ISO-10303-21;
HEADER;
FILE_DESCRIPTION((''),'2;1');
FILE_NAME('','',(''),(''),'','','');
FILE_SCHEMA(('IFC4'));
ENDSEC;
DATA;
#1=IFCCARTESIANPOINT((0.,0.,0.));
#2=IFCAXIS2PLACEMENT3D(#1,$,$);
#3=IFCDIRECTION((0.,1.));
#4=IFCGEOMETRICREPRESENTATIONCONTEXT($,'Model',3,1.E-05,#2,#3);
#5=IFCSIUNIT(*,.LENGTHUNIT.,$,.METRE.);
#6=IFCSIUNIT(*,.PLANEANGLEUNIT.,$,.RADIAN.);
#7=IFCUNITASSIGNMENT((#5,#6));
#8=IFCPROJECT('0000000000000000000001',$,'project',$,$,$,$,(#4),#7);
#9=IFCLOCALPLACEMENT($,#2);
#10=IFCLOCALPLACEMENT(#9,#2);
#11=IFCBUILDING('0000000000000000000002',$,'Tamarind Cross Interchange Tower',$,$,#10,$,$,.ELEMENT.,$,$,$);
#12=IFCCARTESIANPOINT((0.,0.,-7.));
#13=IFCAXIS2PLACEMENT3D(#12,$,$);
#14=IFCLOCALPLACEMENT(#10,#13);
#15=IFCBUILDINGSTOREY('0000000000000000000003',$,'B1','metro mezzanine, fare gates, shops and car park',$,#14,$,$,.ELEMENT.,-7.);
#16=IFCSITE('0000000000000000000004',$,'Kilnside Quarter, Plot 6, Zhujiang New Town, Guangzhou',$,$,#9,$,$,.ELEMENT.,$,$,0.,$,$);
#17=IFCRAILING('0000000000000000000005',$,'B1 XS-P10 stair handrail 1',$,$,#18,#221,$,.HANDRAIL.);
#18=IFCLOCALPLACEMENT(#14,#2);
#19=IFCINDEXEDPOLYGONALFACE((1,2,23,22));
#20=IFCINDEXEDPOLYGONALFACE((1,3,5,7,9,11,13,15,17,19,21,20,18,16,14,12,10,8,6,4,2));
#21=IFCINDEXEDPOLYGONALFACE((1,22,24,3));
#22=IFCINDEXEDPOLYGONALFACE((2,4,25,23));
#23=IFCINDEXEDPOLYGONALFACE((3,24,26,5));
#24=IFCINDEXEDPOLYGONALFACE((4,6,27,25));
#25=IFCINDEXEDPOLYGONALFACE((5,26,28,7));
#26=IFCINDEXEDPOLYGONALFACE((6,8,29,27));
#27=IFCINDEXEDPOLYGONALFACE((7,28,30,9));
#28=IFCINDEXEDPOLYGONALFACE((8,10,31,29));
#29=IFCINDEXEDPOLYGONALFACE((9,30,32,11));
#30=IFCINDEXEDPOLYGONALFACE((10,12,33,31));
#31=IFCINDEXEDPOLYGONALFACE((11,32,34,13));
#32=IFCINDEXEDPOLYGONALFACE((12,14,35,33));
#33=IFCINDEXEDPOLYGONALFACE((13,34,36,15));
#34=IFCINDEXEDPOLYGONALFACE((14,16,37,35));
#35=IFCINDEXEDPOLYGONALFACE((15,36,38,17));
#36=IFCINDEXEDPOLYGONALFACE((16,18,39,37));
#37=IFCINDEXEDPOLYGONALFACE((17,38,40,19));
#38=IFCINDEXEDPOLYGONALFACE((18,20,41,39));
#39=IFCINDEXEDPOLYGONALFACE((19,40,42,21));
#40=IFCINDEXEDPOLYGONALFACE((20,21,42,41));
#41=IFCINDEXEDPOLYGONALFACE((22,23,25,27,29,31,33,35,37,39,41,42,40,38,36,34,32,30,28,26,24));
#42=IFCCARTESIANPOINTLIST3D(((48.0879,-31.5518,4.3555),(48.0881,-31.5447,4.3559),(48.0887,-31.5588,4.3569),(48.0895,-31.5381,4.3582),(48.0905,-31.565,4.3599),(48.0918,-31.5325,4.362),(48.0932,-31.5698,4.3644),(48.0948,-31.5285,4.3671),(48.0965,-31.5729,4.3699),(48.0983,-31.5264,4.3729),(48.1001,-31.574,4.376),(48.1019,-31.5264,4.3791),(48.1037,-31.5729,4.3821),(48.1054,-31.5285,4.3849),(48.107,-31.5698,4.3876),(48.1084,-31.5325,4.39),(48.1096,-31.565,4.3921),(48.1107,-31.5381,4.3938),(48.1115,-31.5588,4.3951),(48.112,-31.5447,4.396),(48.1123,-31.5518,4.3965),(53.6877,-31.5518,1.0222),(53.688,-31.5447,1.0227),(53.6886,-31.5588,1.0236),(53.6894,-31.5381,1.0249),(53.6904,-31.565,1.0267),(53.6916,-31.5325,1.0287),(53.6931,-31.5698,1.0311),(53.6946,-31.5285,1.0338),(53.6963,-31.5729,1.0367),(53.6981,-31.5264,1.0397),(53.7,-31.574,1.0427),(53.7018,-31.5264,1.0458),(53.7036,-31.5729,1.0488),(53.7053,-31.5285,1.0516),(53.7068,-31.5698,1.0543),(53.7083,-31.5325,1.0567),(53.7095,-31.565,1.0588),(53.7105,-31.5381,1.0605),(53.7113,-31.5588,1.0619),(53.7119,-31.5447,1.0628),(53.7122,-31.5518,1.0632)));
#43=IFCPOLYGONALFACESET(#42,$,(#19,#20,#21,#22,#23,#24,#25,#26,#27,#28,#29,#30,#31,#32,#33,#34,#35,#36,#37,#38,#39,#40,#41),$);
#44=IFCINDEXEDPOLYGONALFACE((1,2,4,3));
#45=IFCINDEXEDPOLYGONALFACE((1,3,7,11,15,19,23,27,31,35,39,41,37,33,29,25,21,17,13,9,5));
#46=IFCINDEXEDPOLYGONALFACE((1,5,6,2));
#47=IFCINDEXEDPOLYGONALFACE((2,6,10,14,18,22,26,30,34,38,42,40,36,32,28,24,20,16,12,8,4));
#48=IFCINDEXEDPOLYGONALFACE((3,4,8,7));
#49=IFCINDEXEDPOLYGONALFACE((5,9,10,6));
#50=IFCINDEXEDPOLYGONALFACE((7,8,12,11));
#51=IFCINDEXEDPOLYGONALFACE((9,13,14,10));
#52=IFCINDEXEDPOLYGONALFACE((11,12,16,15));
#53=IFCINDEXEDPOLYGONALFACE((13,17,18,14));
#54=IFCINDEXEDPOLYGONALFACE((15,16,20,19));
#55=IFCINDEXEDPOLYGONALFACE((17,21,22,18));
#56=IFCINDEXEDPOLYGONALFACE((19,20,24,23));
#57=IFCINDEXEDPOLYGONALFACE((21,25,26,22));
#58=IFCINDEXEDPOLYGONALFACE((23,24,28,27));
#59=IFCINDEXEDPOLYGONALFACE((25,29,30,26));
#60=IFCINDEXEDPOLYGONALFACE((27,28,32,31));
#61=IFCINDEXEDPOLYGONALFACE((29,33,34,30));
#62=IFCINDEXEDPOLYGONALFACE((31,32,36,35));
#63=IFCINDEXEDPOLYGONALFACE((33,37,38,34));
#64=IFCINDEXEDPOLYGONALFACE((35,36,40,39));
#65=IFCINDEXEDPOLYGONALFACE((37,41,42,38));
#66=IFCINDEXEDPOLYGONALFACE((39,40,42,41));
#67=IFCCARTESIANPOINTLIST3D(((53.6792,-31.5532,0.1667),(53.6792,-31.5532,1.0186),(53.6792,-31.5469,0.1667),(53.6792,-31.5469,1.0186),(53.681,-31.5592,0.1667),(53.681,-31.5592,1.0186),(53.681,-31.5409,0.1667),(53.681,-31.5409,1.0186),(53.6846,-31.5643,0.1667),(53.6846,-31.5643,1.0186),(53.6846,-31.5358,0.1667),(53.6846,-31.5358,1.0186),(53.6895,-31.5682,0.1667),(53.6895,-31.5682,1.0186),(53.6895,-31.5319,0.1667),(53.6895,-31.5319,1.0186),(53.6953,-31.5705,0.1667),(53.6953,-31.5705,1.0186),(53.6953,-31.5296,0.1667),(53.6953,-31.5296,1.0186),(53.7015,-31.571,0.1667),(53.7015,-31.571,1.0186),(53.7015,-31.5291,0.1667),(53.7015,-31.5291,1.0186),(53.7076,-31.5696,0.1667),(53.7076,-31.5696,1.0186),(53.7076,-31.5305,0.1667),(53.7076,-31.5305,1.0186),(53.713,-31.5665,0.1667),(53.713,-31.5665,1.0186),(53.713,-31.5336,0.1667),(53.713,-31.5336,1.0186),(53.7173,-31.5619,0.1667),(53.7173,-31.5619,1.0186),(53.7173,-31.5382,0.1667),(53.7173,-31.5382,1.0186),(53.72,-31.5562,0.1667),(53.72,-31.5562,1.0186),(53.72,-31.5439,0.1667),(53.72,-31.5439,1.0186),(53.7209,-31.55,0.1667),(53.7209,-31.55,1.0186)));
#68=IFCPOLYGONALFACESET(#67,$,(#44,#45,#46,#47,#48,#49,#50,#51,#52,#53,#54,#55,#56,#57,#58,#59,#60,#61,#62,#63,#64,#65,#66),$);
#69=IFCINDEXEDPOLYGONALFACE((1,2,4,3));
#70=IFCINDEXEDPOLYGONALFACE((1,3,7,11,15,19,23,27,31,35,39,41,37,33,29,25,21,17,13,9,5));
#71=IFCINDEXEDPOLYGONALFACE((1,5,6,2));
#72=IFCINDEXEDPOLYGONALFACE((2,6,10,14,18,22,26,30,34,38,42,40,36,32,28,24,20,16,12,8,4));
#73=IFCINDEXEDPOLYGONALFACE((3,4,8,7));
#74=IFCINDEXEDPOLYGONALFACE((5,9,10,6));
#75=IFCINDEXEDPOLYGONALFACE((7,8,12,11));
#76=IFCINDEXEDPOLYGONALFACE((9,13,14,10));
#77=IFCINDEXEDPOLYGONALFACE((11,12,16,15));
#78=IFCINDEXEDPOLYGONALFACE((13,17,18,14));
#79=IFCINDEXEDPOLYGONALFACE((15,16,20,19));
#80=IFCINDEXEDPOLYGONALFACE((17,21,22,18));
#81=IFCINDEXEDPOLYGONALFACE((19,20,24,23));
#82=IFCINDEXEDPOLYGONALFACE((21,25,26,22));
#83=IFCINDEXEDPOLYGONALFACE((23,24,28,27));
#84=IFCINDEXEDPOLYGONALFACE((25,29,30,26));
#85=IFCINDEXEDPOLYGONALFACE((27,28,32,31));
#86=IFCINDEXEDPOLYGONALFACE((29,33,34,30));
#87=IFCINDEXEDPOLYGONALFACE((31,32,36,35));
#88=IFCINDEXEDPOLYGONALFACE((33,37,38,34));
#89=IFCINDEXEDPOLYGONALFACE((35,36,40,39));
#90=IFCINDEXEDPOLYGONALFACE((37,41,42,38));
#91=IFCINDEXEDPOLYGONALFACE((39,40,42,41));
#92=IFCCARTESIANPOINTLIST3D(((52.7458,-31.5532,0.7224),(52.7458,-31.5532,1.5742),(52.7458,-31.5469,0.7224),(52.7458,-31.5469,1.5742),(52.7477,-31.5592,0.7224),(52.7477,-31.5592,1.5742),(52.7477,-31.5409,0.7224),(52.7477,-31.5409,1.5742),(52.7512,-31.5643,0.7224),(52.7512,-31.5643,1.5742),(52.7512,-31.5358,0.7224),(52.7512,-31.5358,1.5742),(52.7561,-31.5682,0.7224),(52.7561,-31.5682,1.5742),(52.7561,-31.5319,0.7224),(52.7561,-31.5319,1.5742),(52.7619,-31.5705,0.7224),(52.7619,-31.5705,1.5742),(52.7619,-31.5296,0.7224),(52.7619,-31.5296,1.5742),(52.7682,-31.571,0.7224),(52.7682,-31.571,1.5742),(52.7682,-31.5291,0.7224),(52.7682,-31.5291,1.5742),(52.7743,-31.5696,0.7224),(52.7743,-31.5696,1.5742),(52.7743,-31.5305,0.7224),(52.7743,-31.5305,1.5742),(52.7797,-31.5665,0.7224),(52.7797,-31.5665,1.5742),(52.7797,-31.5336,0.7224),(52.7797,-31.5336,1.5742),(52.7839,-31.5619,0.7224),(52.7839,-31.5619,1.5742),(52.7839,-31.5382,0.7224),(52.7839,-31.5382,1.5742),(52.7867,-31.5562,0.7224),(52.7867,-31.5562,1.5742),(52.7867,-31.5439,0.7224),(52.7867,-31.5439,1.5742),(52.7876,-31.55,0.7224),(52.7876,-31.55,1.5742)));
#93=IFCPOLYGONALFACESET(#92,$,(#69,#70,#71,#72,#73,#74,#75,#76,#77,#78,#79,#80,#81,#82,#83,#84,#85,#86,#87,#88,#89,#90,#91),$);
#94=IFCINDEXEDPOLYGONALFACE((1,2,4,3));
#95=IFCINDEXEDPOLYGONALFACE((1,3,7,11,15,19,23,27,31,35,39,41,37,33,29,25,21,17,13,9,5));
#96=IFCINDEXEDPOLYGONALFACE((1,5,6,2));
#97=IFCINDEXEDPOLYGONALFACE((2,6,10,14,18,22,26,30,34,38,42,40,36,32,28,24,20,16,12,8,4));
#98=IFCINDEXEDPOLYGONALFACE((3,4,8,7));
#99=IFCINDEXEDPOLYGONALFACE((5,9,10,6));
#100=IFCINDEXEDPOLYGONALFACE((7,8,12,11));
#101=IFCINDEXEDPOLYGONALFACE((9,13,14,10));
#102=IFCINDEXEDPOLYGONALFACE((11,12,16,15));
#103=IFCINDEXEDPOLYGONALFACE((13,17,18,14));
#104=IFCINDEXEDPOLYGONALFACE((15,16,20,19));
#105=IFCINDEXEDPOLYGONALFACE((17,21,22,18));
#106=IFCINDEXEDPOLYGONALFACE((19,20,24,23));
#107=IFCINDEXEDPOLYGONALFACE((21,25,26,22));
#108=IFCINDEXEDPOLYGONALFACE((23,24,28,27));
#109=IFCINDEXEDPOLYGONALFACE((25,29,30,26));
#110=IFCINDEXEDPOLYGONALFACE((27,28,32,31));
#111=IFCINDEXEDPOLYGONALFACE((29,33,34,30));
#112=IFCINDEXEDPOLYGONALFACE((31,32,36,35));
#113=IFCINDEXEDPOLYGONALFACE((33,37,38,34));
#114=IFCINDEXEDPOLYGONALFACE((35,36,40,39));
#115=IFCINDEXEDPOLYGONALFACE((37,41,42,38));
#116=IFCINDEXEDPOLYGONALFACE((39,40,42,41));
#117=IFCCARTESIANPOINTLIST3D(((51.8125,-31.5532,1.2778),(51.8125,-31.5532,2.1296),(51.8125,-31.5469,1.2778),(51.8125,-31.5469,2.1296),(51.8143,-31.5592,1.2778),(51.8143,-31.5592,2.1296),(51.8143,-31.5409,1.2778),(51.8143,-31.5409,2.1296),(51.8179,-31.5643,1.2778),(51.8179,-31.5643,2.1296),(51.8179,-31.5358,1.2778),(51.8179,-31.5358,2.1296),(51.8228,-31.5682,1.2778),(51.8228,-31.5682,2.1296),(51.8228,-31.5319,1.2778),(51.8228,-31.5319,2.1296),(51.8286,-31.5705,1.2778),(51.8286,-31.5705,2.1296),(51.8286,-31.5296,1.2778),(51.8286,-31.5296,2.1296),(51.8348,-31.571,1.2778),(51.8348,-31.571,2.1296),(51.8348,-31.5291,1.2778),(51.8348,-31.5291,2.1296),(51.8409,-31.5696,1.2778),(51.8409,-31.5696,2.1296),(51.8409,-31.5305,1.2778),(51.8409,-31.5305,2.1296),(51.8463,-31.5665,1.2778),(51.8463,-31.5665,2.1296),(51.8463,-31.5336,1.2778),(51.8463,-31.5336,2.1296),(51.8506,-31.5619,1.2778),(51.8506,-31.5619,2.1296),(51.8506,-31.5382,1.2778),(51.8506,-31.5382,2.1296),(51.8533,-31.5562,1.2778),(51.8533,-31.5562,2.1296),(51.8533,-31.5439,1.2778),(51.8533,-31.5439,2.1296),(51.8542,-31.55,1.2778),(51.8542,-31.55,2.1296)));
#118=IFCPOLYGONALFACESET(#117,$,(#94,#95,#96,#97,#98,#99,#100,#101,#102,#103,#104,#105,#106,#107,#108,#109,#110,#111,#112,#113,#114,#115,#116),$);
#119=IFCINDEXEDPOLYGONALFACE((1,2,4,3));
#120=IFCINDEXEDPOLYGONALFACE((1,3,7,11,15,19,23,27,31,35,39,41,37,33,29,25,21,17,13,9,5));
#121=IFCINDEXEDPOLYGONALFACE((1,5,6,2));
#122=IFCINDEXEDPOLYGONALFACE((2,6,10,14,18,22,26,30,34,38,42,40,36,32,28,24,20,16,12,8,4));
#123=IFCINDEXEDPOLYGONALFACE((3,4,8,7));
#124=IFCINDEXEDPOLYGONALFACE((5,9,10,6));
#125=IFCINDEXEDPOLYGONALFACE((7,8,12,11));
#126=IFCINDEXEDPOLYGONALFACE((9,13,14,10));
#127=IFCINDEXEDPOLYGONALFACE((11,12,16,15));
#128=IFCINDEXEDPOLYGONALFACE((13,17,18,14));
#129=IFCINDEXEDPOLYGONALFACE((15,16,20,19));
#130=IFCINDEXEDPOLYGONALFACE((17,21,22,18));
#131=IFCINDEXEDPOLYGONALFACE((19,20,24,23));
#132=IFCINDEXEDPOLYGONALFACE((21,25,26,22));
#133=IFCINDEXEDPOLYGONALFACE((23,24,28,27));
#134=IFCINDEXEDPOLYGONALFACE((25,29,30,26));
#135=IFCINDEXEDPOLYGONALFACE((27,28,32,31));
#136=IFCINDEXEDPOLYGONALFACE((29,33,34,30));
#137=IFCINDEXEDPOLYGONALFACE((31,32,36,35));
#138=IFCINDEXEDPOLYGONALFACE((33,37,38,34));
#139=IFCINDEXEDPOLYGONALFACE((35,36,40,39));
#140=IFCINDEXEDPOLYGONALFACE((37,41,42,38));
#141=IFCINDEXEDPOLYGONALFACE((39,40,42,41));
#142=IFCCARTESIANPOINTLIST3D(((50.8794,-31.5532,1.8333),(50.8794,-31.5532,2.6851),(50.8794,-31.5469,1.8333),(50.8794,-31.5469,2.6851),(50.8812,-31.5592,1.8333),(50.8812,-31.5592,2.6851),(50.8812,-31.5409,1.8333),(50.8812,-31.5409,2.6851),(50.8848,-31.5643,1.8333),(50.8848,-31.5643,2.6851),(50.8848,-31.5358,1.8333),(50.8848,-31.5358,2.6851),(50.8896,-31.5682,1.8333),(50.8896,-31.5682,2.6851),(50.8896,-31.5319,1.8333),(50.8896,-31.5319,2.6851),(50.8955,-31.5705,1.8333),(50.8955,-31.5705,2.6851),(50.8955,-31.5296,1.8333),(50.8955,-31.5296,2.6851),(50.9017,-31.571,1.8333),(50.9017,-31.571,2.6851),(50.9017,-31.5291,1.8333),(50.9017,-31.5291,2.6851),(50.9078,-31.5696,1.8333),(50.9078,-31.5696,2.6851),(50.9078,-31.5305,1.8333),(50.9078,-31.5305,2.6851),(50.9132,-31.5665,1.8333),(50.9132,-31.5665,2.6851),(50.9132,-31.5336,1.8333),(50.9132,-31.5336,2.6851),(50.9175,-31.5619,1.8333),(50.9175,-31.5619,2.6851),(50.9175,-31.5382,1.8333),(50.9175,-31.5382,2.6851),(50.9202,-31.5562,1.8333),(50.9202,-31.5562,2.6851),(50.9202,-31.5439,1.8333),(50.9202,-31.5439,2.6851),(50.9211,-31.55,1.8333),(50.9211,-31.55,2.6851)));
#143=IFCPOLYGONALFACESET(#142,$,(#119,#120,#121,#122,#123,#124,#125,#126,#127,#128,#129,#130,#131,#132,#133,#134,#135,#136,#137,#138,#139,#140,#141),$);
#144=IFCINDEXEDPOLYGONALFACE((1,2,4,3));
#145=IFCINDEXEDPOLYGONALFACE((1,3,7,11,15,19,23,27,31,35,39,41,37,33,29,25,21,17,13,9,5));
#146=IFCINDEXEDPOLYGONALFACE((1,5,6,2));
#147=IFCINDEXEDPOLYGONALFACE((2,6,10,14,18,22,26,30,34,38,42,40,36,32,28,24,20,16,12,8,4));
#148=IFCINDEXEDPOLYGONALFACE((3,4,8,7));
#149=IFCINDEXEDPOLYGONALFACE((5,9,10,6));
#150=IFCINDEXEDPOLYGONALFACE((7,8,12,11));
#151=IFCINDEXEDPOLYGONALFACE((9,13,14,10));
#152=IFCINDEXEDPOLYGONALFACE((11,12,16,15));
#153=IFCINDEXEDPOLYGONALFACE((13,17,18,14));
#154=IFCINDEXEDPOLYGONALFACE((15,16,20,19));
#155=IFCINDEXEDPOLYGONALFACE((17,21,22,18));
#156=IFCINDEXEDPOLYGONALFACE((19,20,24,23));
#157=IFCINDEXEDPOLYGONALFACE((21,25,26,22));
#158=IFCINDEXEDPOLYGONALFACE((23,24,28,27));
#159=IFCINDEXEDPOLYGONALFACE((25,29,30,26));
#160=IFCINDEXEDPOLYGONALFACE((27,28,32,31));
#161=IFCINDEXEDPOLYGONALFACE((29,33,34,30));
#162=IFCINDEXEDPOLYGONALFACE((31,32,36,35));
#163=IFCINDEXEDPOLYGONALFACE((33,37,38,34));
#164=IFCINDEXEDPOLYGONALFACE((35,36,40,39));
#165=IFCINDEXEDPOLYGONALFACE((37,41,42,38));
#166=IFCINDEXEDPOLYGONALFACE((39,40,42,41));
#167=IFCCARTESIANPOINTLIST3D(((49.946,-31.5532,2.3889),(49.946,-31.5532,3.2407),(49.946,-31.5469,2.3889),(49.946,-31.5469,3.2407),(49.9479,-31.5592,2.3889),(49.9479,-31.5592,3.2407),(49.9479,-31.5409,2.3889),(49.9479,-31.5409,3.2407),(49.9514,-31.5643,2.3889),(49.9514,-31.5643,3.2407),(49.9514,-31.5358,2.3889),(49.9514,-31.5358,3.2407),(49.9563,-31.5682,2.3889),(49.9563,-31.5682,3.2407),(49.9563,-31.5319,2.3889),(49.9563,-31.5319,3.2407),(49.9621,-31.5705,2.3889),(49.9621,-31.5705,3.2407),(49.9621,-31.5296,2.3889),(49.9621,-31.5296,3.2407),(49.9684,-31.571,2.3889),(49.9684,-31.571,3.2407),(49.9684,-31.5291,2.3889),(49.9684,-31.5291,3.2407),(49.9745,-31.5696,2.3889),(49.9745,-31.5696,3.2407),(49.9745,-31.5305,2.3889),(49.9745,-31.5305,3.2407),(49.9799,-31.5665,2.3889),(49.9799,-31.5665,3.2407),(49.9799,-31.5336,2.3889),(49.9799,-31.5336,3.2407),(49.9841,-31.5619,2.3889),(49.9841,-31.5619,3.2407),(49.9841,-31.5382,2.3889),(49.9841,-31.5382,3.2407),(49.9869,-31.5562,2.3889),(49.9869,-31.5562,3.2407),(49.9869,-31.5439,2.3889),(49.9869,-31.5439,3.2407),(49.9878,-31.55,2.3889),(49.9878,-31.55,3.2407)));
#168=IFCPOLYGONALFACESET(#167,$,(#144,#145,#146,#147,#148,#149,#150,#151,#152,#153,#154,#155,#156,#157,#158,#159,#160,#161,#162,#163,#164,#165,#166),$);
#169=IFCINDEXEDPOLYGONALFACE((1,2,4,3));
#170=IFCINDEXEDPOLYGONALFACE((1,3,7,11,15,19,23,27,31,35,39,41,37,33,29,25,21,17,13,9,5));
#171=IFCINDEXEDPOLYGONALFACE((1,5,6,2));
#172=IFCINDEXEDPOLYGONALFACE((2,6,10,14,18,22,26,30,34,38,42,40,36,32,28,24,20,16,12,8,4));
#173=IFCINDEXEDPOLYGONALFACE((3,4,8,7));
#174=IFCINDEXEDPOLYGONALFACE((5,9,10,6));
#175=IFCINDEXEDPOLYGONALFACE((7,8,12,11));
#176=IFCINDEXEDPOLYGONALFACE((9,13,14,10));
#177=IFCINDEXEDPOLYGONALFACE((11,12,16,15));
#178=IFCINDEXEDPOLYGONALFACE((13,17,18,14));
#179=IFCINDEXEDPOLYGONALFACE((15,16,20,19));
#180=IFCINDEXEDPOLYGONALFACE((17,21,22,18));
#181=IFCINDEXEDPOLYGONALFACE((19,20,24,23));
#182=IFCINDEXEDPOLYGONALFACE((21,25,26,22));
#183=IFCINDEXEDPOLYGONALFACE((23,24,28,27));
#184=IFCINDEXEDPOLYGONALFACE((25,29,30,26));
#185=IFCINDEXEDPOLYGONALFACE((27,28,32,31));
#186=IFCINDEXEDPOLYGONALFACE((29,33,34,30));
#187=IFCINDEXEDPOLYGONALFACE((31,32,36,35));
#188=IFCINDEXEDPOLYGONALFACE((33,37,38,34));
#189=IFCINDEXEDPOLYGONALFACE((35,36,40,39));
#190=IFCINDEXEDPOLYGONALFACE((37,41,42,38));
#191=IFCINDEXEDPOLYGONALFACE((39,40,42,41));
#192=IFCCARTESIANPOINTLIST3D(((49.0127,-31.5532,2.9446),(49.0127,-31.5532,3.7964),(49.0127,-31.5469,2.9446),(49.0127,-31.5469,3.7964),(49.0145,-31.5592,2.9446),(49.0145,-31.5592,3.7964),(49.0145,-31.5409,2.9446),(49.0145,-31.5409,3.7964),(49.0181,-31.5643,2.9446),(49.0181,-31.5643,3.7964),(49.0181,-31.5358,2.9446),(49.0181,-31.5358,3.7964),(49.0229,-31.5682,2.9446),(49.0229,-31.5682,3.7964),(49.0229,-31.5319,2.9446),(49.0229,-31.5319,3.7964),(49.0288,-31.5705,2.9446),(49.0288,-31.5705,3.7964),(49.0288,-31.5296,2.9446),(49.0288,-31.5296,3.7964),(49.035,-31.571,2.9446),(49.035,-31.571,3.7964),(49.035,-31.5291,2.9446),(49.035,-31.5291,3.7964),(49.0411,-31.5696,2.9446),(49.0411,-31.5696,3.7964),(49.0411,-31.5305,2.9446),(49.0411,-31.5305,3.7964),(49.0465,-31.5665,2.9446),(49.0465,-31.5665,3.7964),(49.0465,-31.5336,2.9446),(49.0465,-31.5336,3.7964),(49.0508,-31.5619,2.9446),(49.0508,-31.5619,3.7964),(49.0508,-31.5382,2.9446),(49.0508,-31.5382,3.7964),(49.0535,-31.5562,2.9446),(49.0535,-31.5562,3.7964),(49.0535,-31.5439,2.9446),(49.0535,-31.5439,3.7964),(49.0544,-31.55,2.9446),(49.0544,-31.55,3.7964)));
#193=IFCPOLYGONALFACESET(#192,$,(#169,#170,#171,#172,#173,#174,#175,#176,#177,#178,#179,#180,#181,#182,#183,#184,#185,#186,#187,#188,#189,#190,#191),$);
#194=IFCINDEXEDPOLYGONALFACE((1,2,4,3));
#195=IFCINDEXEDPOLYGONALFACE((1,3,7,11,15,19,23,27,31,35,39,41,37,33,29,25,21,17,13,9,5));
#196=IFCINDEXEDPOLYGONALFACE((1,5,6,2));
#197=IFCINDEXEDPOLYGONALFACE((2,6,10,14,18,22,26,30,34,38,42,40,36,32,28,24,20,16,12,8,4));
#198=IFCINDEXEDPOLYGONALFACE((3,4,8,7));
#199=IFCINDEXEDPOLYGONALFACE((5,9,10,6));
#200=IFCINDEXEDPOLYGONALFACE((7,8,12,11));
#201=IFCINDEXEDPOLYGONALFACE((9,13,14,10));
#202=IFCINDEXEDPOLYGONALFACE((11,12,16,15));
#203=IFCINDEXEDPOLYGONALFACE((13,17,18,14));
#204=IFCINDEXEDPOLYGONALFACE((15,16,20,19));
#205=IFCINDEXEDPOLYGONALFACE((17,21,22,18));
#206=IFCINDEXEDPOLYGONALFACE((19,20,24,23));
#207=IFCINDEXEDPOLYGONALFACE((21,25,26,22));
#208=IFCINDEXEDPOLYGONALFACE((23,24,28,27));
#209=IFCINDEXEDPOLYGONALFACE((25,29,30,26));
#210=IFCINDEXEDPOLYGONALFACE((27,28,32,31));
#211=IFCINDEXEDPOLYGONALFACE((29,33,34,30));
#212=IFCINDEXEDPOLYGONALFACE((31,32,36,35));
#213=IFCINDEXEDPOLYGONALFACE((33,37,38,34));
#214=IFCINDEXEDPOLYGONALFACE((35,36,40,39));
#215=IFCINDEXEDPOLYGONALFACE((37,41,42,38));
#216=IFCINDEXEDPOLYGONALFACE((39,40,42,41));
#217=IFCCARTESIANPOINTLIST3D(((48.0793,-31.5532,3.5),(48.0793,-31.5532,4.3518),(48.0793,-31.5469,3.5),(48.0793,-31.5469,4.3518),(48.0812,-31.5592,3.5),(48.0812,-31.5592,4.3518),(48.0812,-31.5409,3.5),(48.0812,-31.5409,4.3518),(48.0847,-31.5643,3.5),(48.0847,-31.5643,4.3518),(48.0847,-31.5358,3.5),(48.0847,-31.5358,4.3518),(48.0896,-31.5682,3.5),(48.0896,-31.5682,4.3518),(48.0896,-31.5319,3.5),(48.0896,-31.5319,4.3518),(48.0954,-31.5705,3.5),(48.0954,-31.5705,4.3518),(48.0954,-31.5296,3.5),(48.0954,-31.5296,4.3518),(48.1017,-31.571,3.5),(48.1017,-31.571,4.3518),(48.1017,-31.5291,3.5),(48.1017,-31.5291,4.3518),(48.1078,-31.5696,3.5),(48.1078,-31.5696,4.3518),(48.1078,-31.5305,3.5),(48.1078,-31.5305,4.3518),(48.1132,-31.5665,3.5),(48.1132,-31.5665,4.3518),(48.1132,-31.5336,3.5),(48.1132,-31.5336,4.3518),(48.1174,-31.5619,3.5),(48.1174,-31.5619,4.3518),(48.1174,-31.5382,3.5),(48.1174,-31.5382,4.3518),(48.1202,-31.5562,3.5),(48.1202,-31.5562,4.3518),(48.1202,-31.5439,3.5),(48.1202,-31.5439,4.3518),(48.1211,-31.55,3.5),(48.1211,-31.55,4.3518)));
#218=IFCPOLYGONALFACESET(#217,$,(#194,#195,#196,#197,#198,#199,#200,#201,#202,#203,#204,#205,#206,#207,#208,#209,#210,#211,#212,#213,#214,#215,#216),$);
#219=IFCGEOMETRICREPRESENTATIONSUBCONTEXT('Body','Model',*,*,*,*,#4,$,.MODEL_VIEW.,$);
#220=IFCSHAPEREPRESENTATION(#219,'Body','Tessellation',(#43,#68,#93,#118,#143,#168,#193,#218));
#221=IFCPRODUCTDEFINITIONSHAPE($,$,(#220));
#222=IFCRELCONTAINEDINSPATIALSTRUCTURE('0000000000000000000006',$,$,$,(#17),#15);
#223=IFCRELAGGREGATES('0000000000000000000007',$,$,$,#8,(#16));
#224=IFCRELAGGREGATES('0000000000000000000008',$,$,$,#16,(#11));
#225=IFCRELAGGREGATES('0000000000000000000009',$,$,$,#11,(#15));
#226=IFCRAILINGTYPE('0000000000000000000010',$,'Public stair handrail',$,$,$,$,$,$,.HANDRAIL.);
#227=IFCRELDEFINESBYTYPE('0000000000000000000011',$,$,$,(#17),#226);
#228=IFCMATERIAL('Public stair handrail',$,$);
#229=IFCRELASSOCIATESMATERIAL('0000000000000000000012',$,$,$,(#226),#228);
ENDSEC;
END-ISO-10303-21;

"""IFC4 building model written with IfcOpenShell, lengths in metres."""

from ifc_helpers import new_model, si_unit, direction, frame, origin, origin_2d, place, context, subcontext, project, spatial, circle, extrude, material, type_object, element, save


model = new_model("IFC4")

# Units and contexts
model_context = context("Model", 3, precision=1e-05, world=origin(), true_north=direction((0.0, 1.0)))
body_context = subcontext(model_context, "Body", "Model", "MODEL_VIEW")
ifc_project = project(units=[si_unit("LENGTHUNIT", "METRE"), si_unit("PLANEANGLEUNIT", "RADIAN")], contexts=[model_context])

# Site, building, storey
site_placement = place(None, origin())
site = spatial("IfcSite", under=ifc_project, at=site_placement, Name="Kilnside Quarter, Plot 6, Zhujiang New Town, Guangzhou", CompositionType="ELEMENT", RefElevation=0.0)
building_placement = place(site_placement, origin())
building = spatial("IfcBuilding", under=site, at=building_placement, Name="Tamarind Cross Interchange Tower", CompositionType="ELEMENT")
storey_placement = place(building_placement, frame((0.0, 0.0, -7.0)))
storey = spatial("IfcBuildingStorey", under=building, at=storey_placement, Name="B1", Description="metro mezzanine, fare gates, shops and car park", CompositionType="ELEMENT", Elevation=-7.0)

# Railing
ifc_material_1 = material(Name="Public stair handrail")
railing_type_1 = type_object("IfcRailingType", Name="Public stair handrail", PredefinedType="HANDRAIL", material=ifc_material_1)
railing_1_placement = place(storey_placement, frame((53.7, -31.55, 0.1667)))
element("IfcRailing", 1, at=railing_1_placement, inside=storey, type_object=railing_type_1, Name="B1 XS-P10 stair handrail 1", PredefinedType="HANDRAIL", context=body_context, shape_type="SweptSolid", body=[
    extrude(circle(Radius=0.0239, at=origin_2d()), frame((0.0, 0.0, 0.876), z_axis=(-0.859292, 0.0, 0.511485), x_axis=(0.0, -1.0, 0.0)), (0.0, 0.0, 1.0), 6.5168),
    extrude(circle(Radius=0.021, at=origin_2d()), origin(), (0.0, 0.0, 1.0), 0.8518),
    extrude(circle(Radius=0.021, at=origin_2d()), frame((-0.9333, 0.0, 0.5557)), (0.0, 0.0, 1.0), 0.8518),
    extrude(circle(Radius=0.021, at=origin_2d()), frame((-1.8667, 0.0, 1.1111)), (0.0, 0.0, 1.0), 0.8518),
    extrude(circle(Radius=0.021, at=origin_2d()), frame((-2.7998, 0.0, 1.6665)), (0.0, 0.0, 1.0), 0.8518),
    extrude(circle(Radius=0.021, at=origin_2d()), frame((-3.7332, 0.0, 2.2222)), (0.0, 0.0, 1.0), 0.8518),
    extrude(circle(Radius=0.021, at=origin_2d()), frame((-4.6665, 0.0, 2.7778)), (0.0, 0.0, 1.0), 0.8518),
    extrude(circle(Radius=0.021, at=origin_2d()), frame((-5.5999, 0.0, 3.3333)), (0.0, 0.0, 1.0), 0.8518),
])

save(model, "model.ifc")
